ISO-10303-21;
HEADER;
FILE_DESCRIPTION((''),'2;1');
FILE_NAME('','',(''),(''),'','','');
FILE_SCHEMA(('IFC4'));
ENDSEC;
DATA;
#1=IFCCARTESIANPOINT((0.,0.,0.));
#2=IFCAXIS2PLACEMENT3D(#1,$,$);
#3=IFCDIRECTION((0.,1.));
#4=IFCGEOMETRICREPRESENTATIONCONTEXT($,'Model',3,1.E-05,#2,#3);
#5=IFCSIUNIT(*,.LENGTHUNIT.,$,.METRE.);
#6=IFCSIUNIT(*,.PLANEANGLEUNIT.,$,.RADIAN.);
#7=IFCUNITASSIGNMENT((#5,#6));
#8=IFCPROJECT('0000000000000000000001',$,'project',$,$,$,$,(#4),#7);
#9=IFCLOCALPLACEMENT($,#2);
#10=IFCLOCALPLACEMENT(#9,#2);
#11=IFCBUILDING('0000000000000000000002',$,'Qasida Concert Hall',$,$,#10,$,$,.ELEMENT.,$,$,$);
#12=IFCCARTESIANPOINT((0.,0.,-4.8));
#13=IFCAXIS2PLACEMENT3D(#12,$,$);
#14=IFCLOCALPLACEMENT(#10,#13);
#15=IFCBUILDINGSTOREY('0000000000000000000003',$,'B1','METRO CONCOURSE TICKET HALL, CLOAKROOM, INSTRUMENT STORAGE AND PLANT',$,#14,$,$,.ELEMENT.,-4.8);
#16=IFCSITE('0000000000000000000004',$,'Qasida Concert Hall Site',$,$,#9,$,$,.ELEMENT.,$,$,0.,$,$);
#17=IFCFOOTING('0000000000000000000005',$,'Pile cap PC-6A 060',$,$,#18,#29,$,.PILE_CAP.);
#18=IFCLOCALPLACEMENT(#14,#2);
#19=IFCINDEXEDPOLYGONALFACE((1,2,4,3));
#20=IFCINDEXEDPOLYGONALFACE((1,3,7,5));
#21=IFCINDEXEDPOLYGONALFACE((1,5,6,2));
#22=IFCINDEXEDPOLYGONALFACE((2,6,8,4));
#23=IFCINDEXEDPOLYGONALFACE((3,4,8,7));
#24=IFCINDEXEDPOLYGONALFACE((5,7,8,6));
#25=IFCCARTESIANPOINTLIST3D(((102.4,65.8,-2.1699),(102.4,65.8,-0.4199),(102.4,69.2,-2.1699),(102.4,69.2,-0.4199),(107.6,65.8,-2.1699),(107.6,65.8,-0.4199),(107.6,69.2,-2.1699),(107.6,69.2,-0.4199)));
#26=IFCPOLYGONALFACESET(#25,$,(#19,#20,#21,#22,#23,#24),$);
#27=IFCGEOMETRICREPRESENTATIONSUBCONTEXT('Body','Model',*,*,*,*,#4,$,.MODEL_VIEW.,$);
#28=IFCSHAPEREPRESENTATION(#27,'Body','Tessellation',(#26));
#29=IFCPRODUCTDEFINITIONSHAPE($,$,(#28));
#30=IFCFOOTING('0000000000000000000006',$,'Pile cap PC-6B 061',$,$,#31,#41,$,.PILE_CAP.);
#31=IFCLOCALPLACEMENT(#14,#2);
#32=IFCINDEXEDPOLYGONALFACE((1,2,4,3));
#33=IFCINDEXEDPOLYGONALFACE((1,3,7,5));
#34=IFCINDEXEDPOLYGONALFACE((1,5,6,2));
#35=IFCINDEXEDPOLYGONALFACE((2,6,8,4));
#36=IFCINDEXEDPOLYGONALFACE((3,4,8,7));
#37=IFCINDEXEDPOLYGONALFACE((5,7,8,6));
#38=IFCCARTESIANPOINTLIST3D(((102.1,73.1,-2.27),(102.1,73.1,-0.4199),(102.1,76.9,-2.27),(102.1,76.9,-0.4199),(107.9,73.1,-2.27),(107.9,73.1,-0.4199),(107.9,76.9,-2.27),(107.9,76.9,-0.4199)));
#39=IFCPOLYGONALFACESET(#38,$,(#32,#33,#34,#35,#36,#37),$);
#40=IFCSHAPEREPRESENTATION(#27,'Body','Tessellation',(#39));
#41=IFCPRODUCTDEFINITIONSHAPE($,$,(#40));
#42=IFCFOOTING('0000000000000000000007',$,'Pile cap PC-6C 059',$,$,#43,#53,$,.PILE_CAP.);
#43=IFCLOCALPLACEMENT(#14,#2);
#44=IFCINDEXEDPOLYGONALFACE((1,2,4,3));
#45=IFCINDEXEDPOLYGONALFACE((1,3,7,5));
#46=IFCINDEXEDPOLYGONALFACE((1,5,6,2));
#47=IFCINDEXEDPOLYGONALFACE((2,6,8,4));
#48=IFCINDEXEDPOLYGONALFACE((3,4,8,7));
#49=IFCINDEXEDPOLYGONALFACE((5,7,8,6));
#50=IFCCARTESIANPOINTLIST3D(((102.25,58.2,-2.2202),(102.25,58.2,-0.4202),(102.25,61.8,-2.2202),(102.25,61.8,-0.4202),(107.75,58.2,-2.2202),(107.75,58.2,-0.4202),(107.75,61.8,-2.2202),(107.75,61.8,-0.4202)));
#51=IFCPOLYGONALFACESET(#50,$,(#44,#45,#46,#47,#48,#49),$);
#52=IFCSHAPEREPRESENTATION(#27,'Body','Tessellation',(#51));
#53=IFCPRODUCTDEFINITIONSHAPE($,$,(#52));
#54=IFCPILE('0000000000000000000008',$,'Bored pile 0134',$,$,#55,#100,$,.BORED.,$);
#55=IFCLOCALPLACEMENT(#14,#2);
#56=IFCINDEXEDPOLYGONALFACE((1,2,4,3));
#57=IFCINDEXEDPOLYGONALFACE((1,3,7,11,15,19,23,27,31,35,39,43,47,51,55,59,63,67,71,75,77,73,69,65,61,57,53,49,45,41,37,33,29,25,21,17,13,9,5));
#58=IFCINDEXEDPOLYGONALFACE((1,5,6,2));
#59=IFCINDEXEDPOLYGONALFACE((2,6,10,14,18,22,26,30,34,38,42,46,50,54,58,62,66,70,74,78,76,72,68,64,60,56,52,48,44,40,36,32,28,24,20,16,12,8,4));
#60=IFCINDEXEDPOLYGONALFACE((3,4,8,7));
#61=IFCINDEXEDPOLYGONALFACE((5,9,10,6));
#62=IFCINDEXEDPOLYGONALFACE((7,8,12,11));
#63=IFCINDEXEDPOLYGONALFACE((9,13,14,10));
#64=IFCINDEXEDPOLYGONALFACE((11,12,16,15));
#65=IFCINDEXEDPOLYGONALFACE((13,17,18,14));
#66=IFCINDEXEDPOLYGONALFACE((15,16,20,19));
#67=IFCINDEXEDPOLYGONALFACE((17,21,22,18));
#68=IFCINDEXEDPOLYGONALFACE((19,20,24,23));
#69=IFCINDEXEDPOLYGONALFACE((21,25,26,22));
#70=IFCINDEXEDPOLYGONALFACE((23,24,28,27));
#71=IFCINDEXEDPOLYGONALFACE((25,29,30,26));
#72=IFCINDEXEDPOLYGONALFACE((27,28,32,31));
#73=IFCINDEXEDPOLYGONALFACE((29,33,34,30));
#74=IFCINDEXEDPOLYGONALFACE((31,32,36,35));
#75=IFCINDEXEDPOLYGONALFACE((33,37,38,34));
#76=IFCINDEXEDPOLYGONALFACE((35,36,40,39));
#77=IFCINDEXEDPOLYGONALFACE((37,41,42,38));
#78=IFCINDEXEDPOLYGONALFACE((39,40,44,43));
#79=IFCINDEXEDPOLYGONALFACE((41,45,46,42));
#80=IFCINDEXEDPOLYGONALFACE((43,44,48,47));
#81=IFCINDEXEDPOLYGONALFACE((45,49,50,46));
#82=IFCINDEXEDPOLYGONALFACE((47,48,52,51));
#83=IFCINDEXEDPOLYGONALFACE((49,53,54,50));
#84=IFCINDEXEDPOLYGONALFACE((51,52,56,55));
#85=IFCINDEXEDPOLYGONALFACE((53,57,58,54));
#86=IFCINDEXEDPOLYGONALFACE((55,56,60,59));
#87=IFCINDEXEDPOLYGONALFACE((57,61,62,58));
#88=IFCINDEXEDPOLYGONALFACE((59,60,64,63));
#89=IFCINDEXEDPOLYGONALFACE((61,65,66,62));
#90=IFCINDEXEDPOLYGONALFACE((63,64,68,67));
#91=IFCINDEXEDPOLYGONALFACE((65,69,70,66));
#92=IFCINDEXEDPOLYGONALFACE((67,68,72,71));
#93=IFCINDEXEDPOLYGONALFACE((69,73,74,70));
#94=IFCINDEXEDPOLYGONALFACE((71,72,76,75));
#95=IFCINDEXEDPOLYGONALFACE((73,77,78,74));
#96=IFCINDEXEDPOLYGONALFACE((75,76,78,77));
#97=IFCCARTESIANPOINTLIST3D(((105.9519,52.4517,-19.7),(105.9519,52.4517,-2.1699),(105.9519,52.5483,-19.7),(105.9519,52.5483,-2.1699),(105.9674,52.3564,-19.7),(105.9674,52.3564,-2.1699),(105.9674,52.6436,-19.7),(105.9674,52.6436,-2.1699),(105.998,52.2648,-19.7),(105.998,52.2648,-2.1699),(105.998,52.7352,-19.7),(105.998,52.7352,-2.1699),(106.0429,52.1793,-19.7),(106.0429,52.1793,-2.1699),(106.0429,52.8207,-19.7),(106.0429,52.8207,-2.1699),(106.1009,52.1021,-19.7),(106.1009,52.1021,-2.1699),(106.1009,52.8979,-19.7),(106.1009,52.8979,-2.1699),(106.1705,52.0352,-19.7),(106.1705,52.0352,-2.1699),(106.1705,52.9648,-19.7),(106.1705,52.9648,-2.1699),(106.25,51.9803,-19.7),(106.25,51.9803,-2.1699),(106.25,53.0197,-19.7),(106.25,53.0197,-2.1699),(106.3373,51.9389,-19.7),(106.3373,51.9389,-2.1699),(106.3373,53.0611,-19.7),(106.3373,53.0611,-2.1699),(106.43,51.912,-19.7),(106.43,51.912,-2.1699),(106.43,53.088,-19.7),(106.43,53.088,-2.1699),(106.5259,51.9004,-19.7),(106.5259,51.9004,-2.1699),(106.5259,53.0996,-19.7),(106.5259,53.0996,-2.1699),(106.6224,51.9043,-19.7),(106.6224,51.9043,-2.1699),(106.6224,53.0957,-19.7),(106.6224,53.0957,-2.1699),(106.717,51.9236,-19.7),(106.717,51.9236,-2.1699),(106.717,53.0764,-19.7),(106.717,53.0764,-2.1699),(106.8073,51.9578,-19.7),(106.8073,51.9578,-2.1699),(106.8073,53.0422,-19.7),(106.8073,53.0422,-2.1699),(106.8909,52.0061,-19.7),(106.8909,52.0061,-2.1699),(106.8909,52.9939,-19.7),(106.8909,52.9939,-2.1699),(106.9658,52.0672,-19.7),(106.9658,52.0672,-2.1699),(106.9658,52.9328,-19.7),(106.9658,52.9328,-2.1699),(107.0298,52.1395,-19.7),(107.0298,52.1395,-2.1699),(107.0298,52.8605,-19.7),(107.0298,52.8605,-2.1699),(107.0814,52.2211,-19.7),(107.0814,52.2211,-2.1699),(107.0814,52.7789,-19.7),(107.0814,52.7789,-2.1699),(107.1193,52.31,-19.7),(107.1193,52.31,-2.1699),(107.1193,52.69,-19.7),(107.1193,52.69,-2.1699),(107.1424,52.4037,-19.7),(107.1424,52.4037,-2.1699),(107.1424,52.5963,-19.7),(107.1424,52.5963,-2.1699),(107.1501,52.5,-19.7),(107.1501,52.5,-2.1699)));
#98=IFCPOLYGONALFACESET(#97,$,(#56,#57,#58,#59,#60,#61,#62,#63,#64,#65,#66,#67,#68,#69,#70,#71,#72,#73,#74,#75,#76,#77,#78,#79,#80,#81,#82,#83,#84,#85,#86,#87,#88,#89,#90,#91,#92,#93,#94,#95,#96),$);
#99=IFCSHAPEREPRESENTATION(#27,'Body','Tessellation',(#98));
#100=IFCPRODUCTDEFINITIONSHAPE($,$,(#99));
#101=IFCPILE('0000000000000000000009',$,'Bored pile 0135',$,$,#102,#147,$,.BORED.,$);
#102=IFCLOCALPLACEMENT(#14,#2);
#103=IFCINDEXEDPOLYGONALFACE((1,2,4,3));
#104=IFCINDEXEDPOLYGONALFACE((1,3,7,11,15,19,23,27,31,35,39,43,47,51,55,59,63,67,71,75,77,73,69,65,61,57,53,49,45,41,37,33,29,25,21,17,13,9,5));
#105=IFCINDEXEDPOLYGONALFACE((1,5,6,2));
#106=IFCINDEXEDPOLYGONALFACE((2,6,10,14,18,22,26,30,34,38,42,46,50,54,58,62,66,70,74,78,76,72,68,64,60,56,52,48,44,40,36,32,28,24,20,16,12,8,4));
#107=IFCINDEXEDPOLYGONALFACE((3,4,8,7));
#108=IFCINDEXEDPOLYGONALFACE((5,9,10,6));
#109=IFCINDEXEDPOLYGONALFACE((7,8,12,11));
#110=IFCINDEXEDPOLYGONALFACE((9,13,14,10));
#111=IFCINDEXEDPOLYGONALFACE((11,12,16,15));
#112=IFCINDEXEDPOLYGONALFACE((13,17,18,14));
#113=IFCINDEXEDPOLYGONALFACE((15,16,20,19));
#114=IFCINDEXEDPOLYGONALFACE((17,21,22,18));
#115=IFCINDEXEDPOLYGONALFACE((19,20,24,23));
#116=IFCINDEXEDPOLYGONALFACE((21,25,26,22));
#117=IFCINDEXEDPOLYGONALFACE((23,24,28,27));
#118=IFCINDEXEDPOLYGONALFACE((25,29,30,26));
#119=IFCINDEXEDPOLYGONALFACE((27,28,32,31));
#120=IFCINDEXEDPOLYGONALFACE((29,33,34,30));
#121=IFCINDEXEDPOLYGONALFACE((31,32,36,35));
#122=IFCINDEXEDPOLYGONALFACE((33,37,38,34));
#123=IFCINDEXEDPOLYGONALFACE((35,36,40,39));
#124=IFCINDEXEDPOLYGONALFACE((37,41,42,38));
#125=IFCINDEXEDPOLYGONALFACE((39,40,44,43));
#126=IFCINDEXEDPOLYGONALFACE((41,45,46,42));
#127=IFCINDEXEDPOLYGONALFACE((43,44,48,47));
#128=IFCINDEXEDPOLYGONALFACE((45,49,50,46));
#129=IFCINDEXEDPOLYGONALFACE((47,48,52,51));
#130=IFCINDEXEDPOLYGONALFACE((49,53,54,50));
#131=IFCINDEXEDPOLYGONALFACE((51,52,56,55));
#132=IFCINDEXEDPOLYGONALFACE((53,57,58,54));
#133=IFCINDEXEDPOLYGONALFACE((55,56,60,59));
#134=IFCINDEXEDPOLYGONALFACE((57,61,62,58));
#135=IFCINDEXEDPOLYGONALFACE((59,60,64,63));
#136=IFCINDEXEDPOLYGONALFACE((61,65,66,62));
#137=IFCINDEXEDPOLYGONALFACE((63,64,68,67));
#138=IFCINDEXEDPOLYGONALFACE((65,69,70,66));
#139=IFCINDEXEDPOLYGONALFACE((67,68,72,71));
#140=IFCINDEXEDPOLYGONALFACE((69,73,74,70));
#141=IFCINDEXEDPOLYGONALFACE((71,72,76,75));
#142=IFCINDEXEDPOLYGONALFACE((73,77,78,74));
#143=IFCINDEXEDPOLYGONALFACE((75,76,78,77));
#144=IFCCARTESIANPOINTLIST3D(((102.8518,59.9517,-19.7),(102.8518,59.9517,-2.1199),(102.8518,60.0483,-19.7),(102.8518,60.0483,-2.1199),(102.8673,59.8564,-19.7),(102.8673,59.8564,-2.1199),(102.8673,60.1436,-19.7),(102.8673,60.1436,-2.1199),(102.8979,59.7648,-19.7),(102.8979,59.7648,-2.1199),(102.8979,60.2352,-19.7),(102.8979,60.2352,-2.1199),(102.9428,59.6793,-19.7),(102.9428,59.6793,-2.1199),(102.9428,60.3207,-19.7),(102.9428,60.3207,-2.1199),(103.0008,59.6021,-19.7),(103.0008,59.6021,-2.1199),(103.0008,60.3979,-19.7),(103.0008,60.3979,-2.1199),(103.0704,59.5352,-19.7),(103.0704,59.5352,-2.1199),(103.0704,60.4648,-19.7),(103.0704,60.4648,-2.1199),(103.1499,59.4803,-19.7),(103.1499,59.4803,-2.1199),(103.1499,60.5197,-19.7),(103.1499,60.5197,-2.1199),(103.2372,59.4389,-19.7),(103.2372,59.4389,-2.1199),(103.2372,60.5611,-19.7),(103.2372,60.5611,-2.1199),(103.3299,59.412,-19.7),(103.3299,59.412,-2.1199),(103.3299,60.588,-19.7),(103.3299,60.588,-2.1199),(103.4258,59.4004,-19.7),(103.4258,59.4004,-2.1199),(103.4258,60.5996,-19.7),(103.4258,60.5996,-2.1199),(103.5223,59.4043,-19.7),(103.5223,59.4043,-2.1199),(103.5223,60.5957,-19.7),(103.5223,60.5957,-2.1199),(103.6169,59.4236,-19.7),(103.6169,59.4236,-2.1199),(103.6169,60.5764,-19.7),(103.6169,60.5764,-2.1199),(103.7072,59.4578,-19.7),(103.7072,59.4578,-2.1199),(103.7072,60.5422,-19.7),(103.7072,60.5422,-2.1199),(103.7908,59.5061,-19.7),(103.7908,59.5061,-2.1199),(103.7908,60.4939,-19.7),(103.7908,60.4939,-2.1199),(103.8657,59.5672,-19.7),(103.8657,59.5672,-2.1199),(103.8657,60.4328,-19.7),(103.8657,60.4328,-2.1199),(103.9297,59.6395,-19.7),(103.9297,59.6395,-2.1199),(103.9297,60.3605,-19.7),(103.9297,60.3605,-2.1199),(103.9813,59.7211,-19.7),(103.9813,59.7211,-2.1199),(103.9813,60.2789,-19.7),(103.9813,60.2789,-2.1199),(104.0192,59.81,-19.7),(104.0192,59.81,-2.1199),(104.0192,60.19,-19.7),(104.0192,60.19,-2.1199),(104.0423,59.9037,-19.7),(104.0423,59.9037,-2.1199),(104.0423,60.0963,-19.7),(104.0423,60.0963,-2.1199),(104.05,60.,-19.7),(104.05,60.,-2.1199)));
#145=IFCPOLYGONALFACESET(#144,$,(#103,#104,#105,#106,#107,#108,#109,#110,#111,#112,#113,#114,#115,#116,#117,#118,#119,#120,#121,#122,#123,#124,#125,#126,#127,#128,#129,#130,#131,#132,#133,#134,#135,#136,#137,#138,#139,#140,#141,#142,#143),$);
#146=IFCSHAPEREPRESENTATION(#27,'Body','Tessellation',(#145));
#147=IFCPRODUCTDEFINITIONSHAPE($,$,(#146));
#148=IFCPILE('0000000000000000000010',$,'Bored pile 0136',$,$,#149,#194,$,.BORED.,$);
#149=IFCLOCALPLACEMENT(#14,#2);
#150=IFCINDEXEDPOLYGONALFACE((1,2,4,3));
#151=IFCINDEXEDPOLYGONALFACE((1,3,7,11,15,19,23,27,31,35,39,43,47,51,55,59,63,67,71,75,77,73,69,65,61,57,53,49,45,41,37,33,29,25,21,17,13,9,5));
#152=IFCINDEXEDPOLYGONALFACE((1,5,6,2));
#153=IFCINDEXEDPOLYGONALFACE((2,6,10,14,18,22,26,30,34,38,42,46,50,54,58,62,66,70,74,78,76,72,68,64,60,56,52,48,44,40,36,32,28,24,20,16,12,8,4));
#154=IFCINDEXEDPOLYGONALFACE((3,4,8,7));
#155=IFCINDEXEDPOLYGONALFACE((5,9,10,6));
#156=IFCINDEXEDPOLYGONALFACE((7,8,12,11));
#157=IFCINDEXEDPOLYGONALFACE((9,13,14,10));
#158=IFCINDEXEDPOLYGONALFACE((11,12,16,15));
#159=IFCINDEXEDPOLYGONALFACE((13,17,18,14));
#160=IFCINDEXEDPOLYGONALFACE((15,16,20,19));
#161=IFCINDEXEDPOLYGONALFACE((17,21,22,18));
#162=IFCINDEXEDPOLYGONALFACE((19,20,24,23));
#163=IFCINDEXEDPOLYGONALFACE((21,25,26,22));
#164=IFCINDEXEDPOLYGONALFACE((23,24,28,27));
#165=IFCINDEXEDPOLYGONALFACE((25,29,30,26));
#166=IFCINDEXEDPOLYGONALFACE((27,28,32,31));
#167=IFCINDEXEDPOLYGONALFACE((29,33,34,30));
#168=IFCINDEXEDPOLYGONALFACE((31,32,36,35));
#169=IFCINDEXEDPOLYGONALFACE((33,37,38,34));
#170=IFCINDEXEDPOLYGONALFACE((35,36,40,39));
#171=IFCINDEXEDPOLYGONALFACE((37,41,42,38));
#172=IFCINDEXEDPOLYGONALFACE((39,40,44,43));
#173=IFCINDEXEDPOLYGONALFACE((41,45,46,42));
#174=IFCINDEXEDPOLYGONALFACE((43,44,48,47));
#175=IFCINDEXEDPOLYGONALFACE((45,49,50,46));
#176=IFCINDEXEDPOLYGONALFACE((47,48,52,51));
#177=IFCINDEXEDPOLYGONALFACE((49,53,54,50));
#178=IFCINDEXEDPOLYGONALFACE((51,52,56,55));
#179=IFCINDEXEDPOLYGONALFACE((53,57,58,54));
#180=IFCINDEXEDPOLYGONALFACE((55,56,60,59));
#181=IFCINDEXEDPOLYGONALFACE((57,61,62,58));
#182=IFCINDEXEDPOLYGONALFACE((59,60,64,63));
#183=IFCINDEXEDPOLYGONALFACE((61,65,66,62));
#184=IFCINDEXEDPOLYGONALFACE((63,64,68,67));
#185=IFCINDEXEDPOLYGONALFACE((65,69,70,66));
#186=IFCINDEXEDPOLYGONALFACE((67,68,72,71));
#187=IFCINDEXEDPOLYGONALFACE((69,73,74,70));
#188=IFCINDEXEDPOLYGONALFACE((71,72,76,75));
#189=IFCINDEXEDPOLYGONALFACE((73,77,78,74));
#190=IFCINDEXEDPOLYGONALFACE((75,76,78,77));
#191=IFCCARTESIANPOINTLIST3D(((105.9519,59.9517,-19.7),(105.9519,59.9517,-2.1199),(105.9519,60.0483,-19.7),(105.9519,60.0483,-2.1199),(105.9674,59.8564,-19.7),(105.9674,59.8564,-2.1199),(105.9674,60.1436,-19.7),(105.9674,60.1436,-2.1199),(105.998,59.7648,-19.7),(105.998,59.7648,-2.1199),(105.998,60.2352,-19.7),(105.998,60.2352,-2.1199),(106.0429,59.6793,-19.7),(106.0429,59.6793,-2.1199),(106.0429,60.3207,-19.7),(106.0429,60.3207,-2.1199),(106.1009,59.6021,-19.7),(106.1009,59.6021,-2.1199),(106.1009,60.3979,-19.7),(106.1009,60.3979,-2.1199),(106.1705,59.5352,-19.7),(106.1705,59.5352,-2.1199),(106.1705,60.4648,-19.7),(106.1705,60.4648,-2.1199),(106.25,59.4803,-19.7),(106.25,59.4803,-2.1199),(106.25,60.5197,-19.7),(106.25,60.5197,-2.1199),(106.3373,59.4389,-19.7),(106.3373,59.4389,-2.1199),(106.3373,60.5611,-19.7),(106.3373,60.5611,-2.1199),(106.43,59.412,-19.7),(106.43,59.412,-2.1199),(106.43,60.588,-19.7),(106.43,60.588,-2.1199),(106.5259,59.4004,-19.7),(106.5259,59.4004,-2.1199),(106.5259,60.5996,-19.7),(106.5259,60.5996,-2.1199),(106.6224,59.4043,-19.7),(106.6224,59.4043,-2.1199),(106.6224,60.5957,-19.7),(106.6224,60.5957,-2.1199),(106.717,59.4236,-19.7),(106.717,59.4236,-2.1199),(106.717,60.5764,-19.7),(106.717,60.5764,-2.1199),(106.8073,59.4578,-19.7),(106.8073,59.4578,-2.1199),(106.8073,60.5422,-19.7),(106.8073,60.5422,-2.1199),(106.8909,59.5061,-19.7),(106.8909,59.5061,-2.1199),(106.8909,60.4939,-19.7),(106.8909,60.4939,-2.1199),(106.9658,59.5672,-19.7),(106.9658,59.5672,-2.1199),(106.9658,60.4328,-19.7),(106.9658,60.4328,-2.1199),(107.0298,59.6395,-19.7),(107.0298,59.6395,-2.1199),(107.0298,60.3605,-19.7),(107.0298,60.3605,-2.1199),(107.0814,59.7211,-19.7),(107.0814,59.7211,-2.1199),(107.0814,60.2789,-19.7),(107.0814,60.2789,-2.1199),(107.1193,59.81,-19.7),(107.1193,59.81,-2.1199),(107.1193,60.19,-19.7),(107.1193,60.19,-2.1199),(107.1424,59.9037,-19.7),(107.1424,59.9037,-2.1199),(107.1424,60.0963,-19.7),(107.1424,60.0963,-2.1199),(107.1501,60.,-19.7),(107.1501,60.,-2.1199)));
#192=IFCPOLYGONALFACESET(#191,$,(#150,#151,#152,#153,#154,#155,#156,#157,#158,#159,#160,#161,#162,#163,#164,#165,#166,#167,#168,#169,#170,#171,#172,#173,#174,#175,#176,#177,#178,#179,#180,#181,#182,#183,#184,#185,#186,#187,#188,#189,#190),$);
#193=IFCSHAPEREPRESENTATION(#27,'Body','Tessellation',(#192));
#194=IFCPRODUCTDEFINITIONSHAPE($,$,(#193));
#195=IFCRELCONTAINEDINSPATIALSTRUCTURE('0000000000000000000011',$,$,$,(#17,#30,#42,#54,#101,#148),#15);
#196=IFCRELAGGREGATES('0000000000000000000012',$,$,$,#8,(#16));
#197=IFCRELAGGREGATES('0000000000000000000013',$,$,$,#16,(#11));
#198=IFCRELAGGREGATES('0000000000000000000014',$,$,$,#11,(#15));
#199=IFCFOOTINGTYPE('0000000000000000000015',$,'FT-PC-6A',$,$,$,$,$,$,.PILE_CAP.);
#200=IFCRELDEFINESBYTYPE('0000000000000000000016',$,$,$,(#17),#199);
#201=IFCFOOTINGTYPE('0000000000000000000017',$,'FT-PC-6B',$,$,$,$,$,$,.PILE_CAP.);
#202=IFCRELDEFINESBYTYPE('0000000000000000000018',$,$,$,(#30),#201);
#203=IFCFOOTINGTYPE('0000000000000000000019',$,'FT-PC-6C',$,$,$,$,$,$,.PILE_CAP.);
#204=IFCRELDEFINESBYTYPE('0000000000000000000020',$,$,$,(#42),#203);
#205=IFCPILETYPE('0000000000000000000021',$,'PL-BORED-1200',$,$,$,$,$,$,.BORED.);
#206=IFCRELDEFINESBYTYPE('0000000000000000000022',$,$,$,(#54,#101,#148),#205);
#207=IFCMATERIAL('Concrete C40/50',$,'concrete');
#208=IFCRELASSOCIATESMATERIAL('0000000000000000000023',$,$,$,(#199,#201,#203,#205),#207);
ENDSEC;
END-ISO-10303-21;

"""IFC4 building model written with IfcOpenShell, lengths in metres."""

from ifc_helpers import new_model, si_unit, direction, frame, origin, origin_2d, place, context, subcontext, project, spatial, rectangle, circle, extrude, material, material_profile, profile_set, type_object, element, save


model = new_model("IFC4")

# Units and contexts
model_context = context("Model", 3, precision=1e-05, world=origin(), true_north=direction((0.0, 1.0)))
body_context = subcontext(model_context, "Body", "Model", "MODEL_VIEW")
ifc_project = project(units=[si_unit("LENGTHUNIT", "METRE"), si_unit("PLANEANGLEUNIT", "RADIAN")], contexts=[model_context])

# Site, building, storey
site_placement = place(None, origin())
site = spatial("IfcSite", under=ifc_project, at=site_placement, Name="Qasida Concert Hall Site", CompositionType="ELEMENT", RefElevation=0.0)
building_placement = place(site_placement, origin())
building = spatial("IfcBuilding", under=site, at=building_placement, Name="Qasida Concert Hall", CompositionType="ELEMENT")
storey_placement = place(building_placement, frame((0.0, 0.0, -4.8)))
storey = spatial("IfcBuildingStorey", under=building, at=storey_placement, Name="B1", Description="METRO CONCOURSE TICKET HALL, CLOAKROOM, INSTRUMENT STORAGE AND PLANT", CompositionType="ELEMENT", Elevation=-4.8)

# Footings
ifc_material_1 = material(Name="Concrete C40/50", Category="concrete")
footing_type_1 = type_object("IfcFootingType", Name="FT-PC-6A", PredefinedType="PILE_CAP", material=ifc_material_1)
footing_1_placement = place(storey_placement, frame((105.0, 67.5, -2.1699), z_axis=(0.0, 0.0, 1.0), x_axis=(1.0, 0.0, 0.0)))
element("IfcFooting", 1, at=footing_1_placement, inside=storey, type_object=footing_type_1, Name="Pile cap PC-6A 060", PredefinedType="PILE_CAP", context=body_context, shape_type="SweptSolid", body=[
    extrude(rectangle(XDim=5.2, YDim=3.3999, at=origin_2d()), origin(), (0.0, 0.0, 1.0), 1.75),
])
footing_type_2 = type_object("IfcFootingType", Name="FT-PC-6B", PredefinedType="PILE_CAP", material=ifc_material_1)
footing_2_placement = place(storey_placement, frame((105.0, 75.0, -2.27), z_axis=(0.0, 0.0, 1.0), x_axis=(1.0, 0.0, 0.0)))
element("IfcFooting", 2, at=footing_2_placement, inside=storey, type_object=footing_type_2, Name="Pile cap PC-6B 061", PredefinedType="PILE_CAP", context=body_context, shape_type="SweptSolid", body=[
    extrude(rectangle(XDim=5.8, YDim=3.8, at=origin_2d()), origin(), (0.0, 0.0, 1.0), 1.8501),
])
footing_type_3 = type_object("IfcFootingType", Name="FT-PC-6C", PredefinedType="PILE_CAP", material=ifc_material_1)
footing_3_placement = place(storey_placement, frame((105.0, 60.0, -2.2202), z_axis=(0.0, 0.0, 1.0), x_axis=(1.0, 0.0, 0.0)))
element("IfcFooting", 3, at=footing_3_placement, inside=storey, type_object=footing_type_3, Name="Pile cap PC-6C 059", PredefinedType="PILE_CAP", context=body_context, shape_type="SweptSolid", body=[
    extrude(rectangle(XDim=5.5, YDim=3.6001, at=origin_2d()), origin(), (0.0, 0.0, 1.0), 1.8),
])

# Piles
ifc_material_profile_1 = material_profile(ifc_material_1, circle(Radius=0.6001, at=origin_2d()), Name="BORED PILE D1200")
ifc_profile_set_1 = profile_set([ifc_material_profile_1], Name="Concrete C40/50")
pile_type = type_object("IfcPileType", Name="PL-BORED-1200", PredefinedType="BORED", material=ifc_profile_set_1)
pile_1_placement = place(storey_placement, frame((106.55, 52.5, -2.1699), z_axis=(0.0, 0.0, -1.0), x_axis=(1.0, 0.0, 0.0)))
element("IfcPile", 4, at=pile_1_placement, inside=storey, type_object=pile_type, Name="Bored pile 0134", PredefinedType="BORED", context=body_context, shape_type="SweptSolid", body=[
    extrude(circle(Radius=0.6001, at=origin_2d()), origin(), (0.0, 0.0, 1.0), 17.53),
])
for number, where, z_axis, x_axis, name in (
    (5, (103.45, 60.0, -2.1199), (0.0, 0.0, -1.0), (1.0, 0.0, 0.0), "Bored pile 0135"),
    (6, (106.55, 60.0, -2.1199), (0.0, 0.0, -1.0), (1.0, 0.0, 0.0), "Bored pile 0136"),
):
    element("IfcPile", number, at=place(storey_placement, frame(where, z_axis=z_axis, x_axis=x_axis)), inside=storey, type_object=pile_type, Name=name, PredefinedType="BORED", context=body_context, shape_type="SweptSolid", body=[
        extrude(circle(Radius=0.6001, at=origin_2d()), origin(), (0.0, 0.0, 1.0), 17.5801),
    ])

save(model, "model.ifc")
